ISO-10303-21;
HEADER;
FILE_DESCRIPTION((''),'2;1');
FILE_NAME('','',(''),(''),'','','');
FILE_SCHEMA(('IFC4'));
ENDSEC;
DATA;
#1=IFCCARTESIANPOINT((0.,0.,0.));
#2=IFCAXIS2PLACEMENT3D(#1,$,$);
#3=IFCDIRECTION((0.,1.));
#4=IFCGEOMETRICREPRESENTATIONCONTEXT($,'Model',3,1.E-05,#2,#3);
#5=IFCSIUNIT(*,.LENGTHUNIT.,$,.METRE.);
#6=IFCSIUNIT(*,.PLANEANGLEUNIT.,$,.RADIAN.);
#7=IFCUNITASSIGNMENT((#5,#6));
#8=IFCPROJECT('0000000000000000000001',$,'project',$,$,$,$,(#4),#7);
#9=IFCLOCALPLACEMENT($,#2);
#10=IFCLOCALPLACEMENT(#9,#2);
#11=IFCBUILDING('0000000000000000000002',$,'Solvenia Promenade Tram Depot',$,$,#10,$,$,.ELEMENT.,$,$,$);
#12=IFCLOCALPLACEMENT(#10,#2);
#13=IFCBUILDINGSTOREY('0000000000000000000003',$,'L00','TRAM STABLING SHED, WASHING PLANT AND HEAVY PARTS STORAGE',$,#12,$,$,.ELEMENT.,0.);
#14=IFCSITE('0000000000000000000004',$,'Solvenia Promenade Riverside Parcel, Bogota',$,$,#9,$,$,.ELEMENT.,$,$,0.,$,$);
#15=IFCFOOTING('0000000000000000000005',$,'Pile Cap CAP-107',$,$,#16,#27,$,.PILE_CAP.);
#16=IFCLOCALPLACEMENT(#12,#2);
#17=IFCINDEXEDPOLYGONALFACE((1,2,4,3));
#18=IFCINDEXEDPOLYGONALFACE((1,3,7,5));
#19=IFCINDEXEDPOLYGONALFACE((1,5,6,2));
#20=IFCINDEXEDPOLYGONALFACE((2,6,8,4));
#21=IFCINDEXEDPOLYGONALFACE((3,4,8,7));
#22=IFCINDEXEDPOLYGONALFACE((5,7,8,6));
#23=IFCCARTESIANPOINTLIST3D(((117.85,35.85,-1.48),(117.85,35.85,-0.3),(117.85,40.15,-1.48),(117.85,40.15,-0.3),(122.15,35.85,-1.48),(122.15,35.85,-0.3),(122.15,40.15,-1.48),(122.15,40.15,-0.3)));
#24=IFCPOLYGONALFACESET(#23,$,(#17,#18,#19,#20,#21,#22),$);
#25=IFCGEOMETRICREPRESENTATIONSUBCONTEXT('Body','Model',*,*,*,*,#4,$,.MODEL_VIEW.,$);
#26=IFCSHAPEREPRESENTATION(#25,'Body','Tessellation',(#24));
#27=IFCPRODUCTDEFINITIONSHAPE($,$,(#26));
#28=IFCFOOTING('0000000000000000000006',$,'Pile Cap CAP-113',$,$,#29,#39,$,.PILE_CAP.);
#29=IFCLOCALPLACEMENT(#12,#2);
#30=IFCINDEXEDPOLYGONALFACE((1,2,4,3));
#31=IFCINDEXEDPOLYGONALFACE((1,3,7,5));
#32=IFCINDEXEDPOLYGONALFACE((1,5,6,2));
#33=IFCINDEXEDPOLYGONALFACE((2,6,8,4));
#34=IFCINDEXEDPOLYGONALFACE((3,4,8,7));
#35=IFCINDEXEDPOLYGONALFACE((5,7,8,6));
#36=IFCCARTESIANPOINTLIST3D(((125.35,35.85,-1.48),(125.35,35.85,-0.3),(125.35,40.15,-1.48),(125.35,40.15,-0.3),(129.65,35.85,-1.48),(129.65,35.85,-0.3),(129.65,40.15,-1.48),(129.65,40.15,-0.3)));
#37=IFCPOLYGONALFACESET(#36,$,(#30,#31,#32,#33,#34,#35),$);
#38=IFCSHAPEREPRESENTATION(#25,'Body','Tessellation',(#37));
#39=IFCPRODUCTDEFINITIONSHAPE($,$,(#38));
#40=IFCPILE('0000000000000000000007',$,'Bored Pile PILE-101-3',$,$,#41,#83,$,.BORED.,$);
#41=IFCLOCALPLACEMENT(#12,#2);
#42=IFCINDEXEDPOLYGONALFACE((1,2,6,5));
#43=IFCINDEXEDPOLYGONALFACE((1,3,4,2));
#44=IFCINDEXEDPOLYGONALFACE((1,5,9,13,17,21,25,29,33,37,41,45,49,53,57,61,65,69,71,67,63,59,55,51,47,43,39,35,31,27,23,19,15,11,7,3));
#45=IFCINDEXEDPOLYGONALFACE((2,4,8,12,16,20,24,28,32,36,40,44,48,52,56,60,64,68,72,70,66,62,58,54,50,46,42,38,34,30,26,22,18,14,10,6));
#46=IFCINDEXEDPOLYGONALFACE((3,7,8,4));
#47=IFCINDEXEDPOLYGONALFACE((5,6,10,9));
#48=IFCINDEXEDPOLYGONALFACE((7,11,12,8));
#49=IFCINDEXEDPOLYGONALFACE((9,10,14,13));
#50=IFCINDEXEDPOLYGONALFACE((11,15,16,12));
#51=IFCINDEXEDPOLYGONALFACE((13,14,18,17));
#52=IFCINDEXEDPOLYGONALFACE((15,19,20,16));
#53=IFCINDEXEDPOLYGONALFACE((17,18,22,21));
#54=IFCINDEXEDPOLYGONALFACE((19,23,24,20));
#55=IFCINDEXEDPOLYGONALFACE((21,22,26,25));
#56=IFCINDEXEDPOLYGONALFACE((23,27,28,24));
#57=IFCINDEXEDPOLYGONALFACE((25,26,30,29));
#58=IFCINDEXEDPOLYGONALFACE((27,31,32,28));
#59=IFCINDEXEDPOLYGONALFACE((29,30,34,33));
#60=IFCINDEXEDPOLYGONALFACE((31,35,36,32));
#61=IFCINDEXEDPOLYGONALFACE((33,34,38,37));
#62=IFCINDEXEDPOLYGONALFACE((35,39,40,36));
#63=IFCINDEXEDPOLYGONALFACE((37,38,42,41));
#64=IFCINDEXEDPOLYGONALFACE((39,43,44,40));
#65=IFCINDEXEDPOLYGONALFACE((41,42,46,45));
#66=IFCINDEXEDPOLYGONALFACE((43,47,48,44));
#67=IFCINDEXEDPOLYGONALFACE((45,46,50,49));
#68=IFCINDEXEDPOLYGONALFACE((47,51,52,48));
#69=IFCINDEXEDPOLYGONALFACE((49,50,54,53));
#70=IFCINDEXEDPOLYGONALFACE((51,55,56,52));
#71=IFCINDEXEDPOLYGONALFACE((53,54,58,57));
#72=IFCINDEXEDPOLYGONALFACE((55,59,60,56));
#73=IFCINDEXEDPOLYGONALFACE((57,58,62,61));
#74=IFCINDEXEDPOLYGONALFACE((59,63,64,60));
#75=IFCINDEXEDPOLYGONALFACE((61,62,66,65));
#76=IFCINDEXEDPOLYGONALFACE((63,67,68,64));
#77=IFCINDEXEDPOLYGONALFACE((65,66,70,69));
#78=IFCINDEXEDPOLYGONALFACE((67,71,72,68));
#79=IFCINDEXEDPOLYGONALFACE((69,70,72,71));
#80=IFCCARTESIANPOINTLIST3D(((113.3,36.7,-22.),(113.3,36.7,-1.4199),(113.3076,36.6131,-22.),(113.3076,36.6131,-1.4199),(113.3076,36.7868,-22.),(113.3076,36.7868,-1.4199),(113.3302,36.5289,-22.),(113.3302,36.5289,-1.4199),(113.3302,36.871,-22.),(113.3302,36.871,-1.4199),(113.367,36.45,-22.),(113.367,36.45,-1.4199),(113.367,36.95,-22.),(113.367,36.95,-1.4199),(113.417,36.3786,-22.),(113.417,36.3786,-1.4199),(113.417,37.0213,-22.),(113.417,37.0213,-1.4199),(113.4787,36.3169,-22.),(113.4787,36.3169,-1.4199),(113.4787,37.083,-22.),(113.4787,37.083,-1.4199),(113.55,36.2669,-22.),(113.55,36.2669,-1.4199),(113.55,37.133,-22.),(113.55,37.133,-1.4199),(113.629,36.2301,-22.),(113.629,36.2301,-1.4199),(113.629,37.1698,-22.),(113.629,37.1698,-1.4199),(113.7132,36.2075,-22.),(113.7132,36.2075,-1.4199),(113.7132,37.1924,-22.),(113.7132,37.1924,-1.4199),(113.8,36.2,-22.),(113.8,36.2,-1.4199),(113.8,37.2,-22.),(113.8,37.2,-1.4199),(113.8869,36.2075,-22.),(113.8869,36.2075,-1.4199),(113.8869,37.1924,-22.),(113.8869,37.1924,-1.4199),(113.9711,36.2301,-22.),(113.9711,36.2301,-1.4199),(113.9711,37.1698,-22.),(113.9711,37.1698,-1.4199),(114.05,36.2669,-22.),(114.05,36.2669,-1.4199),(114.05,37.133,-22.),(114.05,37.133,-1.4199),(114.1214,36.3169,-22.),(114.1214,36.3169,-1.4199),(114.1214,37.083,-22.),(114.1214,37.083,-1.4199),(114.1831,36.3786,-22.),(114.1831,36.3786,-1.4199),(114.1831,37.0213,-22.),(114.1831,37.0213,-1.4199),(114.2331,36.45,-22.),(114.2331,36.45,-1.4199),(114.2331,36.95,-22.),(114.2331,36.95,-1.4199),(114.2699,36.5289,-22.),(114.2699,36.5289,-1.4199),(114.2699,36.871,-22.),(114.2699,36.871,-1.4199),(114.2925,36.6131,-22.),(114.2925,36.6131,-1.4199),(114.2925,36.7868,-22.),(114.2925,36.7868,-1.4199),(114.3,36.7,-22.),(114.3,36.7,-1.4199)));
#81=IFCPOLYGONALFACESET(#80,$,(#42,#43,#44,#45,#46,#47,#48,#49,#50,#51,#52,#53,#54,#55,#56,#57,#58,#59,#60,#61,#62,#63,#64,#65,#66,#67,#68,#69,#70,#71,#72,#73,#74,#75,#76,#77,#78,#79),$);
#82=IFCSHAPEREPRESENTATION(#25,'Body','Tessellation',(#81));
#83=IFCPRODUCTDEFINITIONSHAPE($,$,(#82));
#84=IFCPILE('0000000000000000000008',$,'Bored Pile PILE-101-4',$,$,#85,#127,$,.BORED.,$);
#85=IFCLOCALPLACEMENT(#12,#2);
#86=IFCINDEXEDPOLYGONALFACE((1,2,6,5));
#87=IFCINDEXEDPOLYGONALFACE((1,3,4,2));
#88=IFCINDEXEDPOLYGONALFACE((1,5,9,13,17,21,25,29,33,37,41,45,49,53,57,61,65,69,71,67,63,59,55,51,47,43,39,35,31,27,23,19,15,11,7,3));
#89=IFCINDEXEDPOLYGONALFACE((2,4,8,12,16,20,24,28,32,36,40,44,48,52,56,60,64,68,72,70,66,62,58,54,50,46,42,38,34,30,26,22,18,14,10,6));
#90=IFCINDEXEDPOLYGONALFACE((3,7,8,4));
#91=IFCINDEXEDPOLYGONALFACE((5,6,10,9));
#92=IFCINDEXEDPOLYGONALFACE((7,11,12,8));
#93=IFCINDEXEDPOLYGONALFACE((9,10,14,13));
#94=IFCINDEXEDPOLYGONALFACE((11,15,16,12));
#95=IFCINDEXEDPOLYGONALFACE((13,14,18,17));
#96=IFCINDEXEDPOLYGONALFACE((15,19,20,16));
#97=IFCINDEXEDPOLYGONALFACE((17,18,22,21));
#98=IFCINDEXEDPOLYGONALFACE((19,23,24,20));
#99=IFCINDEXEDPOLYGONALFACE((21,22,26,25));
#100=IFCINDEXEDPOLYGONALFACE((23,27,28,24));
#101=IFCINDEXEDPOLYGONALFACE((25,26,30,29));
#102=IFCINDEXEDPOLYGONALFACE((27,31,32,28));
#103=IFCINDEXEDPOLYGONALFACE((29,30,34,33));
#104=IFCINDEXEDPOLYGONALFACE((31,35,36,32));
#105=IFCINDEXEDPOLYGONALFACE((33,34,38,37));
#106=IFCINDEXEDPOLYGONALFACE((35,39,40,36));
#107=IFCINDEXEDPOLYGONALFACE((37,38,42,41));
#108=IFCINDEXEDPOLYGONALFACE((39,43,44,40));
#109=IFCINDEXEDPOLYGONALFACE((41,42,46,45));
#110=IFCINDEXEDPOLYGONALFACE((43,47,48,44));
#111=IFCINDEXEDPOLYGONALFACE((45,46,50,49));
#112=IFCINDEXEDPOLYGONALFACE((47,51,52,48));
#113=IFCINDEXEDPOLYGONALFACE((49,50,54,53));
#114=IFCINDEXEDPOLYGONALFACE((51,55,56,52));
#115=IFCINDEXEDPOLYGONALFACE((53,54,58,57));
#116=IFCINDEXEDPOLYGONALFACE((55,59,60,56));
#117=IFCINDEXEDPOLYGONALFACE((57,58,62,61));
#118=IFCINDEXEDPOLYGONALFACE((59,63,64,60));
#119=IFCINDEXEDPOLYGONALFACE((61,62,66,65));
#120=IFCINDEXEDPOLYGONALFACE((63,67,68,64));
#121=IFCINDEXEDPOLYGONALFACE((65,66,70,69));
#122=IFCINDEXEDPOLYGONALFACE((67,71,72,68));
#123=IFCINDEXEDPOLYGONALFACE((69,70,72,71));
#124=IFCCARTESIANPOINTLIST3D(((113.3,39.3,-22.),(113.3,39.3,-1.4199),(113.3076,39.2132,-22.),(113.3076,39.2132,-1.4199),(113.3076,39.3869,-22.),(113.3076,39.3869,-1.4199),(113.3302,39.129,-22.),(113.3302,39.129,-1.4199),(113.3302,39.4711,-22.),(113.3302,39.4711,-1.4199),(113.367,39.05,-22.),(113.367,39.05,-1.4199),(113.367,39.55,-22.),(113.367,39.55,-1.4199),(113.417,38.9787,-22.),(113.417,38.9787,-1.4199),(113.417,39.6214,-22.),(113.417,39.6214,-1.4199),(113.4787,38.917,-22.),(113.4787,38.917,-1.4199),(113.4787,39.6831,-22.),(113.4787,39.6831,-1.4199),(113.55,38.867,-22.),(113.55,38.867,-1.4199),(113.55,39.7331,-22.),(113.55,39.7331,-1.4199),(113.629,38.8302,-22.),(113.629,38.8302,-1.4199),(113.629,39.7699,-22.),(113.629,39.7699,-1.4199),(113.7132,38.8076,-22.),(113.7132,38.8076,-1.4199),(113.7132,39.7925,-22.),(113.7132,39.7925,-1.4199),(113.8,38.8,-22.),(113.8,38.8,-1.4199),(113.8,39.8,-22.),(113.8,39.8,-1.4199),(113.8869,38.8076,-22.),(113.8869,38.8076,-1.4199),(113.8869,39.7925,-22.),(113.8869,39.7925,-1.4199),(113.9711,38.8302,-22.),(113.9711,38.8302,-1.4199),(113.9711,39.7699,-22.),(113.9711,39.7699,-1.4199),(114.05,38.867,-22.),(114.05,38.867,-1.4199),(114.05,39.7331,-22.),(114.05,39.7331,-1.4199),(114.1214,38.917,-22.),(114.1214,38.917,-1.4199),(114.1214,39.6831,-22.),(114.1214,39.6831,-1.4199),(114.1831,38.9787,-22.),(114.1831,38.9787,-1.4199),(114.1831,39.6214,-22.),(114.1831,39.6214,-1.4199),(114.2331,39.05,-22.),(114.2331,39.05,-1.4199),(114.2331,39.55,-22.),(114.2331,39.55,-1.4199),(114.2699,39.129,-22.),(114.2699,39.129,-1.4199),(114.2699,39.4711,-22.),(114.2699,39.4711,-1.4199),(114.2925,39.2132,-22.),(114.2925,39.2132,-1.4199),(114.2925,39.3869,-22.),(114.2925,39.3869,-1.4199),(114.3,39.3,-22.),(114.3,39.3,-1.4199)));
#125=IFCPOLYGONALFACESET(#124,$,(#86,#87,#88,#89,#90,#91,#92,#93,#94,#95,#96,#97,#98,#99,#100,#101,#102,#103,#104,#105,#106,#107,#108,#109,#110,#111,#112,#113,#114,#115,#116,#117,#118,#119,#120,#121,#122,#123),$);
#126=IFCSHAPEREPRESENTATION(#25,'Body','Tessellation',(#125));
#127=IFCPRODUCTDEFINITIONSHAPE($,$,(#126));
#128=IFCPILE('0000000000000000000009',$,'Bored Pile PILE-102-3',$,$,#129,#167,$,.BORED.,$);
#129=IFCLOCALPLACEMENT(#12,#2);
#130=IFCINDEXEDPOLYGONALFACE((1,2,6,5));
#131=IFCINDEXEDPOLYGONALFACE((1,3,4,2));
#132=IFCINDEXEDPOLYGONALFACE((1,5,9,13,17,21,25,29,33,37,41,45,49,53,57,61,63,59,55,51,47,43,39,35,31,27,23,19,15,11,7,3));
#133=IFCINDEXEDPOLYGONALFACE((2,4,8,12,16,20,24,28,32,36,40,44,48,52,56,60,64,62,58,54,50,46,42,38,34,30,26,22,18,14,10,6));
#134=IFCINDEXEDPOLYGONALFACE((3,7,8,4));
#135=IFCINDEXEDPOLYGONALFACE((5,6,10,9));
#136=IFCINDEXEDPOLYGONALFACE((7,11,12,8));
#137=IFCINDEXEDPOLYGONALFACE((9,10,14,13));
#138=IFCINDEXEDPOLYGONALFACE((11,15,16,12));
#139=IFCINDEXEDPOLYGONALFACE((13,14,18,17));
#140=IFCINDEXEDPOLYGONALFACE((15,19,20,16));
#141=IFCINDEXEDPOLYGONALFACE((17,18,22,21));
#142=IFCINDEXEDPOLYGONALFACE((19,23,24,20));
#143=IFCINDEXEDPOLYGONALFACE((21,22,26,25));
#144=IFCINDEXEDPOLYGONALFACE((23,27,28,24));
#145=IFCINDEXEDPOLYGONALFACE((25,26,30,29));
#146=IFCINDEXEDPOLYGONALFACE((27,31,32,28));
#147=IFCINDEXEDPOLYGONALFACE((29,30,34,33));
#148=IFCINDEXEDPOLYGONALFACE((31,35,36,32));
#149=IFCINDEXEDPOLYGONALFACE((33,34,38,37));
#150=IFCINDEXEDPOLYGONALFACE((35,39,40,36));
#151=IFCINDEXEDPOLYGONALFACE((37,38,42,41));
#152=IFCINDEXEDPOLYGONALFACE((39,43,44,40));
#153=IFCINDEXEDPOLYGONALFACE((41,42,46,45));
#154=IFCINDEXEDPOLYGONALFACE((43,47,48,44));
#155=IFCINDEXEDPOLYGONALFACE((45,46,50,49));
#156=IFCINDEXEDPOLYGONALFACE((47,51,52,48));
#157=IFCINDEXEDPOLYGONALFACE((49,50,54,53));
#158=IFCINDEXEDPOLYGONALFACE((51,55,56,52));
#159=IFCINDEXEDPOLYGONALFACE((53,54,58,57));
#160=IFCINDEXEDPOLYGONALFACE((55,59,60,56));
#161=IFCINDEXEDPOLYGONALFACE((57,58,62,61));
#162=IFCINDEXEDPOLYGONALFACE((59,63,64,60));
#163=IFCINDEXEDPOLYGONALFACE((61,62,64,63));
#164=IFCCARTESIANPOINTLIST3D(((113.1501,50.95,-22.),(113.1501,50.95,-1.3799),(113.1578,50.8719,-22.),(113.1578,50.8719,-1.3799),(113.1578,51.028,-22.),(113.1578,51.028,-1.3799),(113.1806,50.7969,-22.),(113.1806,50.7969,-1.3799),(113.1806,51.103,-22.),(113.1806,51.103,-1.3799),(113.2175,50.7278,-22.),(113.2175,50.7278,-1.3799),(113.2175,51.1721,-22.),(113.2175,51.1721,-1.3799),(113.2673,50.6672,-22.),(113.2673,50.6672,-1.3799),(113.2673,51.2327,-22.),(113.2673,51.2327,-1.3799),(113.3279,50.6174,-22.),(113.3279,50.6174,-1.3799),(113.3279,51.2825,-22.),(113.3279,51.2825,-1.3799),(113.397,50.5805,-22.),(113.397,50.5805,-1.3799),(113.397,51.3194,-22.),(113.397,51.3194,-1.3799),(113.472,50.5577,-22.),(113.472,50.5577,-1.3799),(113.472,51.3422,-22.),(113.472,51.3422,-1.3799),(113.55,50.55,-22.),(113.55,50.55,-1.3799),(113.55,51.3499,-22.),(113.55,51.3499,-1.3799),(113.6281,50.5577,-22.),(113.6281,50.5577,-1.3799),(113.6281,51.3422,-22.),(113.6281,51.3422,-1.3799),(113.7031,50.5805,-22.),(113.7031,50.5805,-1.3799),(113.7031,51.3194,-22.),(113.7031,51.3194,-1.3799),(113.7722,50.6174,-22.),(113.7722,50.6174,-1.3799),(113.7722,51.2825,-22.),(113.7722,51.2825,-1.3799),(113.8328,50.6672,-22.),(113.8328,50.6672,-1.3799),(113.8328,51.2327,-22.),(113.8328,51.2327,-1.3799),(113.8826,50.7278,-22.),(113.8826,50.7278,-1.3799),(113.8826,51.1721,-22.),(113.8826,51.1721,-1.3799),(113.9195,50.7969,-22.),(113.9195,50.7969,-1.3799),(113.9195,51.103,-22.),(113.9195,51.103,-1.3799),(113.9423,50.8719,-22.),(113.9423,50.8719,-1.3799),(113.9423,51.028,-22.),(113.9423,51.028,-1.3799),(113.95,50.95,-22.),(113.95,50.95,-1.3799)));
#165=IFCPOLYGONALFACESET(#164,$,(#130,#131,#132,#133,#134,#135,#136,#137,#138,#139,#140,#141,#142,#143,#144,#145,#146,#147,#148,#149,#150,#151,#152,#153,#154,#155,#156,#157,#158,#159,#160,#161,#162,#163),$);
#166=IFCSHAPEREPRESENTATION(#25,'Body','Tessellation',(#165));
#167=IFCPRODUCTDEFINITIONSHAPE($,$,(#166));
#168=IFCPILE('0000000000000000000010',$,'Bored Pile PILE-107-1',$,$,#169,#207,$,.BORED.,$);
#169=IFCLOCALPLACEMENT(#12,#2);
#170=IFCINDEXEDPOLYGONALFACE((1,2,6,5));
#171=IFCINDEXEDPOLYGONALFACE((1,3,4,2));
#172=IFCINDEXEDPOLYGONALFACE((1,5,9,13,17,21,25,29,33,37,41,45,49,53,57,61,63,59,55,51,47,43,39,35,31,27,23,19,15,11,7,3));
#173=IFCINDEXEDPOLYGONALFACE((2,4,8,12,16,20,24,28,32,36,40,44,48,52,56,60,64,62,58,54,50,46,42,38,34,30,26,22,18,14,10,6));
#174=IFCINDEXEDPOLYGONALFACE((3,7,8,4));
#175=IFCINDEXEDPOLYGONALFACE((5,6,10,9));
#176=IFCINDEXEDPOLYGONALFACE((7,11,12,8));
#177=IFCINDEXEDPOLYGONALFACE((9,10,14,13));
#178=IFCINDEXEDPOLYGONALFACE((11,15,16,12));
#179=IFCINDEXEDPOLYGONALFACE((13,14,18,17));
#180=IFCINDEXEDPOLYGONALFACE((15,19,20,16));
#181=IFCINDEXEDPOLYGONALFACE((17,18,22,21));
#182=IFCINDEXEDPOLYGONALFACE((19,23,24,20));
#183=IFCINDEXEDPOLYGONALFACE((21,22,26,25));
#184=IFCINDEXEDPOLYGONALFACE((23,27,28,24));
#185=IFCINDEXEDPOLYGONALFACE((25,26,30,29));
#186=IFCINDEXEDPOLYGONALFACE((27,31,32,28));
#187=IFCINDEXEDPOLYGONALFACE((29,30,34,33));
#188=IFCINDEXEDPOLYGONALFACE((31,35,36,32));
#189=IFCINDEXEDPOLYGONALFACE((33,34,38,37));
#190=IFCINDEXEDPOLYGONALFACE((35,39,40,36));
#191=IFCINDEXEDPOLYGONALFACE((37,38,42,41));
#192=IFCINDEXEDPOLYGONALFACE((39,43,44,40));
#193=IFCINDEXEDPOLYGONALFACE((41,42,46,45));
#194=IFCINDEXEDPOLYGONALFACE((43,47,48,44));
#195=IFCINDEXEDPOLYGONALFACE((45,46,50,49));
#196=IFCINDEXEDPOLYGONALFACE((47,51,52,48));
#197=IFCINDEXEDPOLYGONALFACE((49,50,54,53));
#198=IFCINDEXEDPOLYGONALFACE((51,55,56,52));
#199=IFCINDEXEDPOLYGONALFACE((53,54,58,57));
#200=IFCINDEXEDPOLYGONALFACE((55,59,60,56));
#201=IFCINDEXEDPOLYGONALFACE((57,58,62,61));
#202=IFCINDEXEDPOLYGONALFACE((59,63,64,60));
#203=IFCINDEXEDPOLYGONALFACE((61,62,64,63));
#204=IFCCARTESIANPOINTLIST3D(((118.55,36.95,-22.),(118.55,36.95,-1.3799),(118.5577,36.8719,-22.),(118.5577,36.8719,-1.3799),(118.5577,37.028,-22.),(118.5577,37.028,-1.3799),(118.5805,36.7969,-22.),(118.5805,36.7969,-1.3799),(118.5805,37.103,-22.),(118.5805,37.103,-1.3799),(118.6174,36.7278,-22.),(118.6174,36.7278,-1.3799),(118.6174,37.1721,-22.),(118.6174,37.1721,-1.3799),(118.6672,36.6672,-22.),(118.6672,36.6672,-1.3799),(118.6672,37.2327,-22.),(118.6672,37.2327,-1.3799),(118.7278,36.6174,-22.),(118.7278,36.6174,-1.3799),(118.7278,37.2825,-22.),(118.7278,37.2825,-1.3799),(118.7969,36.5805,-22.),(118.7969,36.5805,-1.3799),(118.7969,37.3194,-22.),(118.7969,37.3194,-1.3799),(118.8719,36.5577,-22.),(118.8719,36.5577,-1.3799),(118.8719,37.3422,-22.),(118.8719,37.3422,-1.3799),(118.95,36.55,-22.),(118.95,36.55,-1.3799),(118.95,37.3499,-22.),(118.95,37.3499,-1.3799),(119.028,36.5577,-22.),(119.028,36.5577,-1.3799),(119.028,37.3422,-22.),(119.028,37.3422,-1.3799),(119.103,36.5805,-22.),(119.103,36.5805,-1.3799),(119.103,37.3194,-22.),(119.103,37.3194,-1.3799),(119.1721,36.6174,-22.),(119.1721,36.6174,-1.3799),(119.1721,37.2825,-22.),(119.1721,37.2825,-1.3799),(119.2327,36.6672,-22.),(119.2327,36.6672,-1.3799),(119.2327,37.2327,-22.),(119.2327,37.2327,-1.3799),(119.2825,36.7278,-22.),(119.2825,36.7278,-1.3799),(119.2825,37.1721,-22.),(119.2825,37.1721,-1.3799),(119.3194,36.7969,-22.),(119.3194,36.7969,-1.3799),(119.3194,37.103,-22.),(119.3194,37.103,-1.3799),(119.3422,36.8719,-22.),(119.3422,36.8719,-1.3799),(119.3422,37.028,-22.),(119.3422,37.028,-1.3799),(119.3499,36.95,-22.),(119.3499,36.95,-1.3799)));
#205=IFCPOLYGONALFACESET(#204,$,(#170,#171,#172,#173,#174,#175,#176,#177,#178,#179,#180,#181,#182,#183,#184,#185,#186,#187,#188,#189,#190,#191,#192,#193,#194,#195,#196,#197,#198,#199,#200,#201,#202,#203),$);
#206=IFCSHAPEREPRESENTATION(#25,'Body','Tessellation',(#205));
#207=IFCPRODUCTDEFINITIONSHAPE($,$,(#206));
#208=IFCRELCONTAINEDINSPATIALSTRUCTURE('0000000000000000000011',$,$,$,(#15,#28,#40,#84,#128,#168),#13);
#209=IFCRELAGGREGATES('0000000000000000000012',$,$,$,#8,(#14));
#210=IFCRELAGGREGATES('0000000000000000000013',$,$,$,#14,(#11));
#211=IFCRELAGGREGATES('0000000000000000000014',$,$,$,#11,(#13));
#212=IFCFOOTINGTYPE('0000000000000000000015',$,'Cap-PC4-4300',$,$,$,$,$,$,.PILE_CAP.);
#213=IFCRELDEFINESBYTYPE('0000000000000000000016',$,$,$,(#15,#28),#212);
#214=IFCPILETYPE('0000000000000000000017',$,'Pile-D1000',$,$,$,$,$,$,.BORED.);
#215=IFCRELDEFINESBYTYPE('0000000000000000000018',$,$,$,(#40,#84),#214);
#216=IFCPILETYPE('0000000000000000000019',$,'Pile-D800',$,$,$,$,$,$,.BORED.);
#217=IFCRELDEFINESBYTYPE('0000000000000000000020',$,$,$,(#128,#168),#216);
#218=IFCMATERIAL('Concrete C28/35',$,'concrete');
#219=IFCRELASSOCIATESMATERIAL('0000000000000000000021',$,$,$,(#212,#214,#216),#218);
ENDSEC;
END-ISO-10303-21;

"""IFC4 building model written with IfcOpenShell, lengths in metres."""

from ifc_helpers import new_model, si_unit, direction, frame, origin, origin_2d, place, context, subcontext, project, spatial, rectangle, circle, extrude, material, material_profile, profile_set, type_object, element, save


model = new_model("IFC4")

# Units and contexts
model_context = context("Model", 3, precision=1e-05, world=origin(), true_north=direction((0.0, 1.0)))
body_context = subcontext(model_context, "Body", "Model", "MODEL_VIEW")
ifc_project = project(units=[si_unit("LENGTHUNIT", "METRE"), si_unit("PLANEANGLEUNIT", "RADIAN")], contexts=[model_context])

# Site, building, storey
site_placement = place(None, origin())
site = spatial("IfcSite", under=ifc_project, at=site_placement, Name="Solvenia Promenade Riverside Parcel, Bogota", CompositionType="ELEMENT", RefElevation=0.0)
building_placement = place(site_placement, origin())
building = spatial("IfcBuilding", under=site, at=building_placement, Name="Solvenia Promenade Tram Depot", CompositionType="ELEMENT")
storey_placement = place(building_placement, origin())
storey = spatial("IfcBuildingStorey", under=building, at=storey_placement, Name="L00", Description="TRAM STABLING SHED, WASHING PLANT AND HEAVY PARTS STORAGE", CompositionType="ELEMENT", Elevation=0.0)

# Footings
ifc_material_1 = material(Name="Concrete C28/35", Category="concrete")
footing_type_1 = type_object("IfcFootingType", Name="Cap-PC4-4300", PredefinedType="PILE_CAP", material=ifc_material_1)
for number, where, z_axis, x_axis, name in (
    (1, (120.0, 38.0, -1.48), (0.0, 0.0, 1.0), (1.0, 0.0, 0.0), "Pile Cap CAP-107"),
    (2, (127.5, 38.0, -1.48), (0.0, 0.0, 1.0), (1.0, 0.0, 0.0), "Pile Cap CAP-113"),
):
    element("IfcFooting", number, at=place(storey_placement, frame(where, z_axis=z_axis, x_axis=x_axis)), inside=storey, type_object=footing_type_1, Name=name, PredefinedType="PILE_CAP", context=body_context, shape_type="SweptSolid", body=[
        extrude(rectangle(XDim=4.3, YDim=4.3, at=origin_2d()), origin(), (0.0, 0.0, 1.0), 1.1799),
    ])

# Piles
ifc_material_profile_1 = material_profile(ifc_material_1, circle(Radius=0.5, at=origin_2d()), Name="D1000", Category="concrete")
ifc_profile_set_1 = profile_set([ifc_material_profile_1], Name="Concrete C28/35")
pile_type_1 = type_object("IfcPileType", Name="Pile-D1000", PredefinedType="BORED", material=ifc_profile_set_1)
for number, where, z_axis, x_axis, name in (
    (3, (113.8, 36.7, -1.4199), (0.0, 0.0, -1.0), (1.0, 0.0, 0.0), "Bored Pile PILE-101-3"),
    (4, (113.8, 39.3, -1.4199), (0.0, 0.0, -1.0), (1.0, 0.0, 0.0), "Bored Pile PILE-101-4"),
):
    element("IfcPile", number, at=place(storey_placement, frame(where, z_axis=z_axis, x_axis=x_axis)), inside=storey, type_object=pile_type_1, Name=name, PredefinedType="BORED", context=body_context, shape_type="SweptSolid", body=[
        extrude(circle(Radius=0.5, at=origin_2d()), origin(), (0.0, 0.0, 1.0), 20.5801),
    ])
ifc_material_profile_2 = material_profile(ifc_material_1, circle(Radius=0.3999, at=origin_2d()), Name="D800", Category="concrete")
ifc_profile_set_2 = profile_set([ifc_material_profile_2], Name="Concrete C28/35")
pile_type_2 = type_object("IfcPileType", Name="Pile-D800", PredefinedType="BORED", material=ifc_profile_set_2)
for number, where, z_axis, x_axis, name in (
    (5, (113.55, 50.95, -1.3799), (0.0, 0.0, -1.0), (1.0, 0.0, 0.0), "Bored Pile PILE-102-3"),
    (6, (118.95, 36.95, -1.3799), (0.0, 0.0, -1.0), (1.0, 0.0, 0.0), "Bored Pile PILE-107-1"),
):
    element("IfcPile", number, at=place(storey_placement, frame(where, z_axis=z_axis, x_axis=x_axis)), inside=storey, type_object=pile_type_2, Name=name, PredefinedType="BORED", context=body_context, shape_type="SweptSolid", body=[
        extrude(circle(Radius=0.3999, at=origin_2d()), origin(), (0.0, 0.0, 1.0), 20.6201),
    ])

save(model, "model.ifc")
